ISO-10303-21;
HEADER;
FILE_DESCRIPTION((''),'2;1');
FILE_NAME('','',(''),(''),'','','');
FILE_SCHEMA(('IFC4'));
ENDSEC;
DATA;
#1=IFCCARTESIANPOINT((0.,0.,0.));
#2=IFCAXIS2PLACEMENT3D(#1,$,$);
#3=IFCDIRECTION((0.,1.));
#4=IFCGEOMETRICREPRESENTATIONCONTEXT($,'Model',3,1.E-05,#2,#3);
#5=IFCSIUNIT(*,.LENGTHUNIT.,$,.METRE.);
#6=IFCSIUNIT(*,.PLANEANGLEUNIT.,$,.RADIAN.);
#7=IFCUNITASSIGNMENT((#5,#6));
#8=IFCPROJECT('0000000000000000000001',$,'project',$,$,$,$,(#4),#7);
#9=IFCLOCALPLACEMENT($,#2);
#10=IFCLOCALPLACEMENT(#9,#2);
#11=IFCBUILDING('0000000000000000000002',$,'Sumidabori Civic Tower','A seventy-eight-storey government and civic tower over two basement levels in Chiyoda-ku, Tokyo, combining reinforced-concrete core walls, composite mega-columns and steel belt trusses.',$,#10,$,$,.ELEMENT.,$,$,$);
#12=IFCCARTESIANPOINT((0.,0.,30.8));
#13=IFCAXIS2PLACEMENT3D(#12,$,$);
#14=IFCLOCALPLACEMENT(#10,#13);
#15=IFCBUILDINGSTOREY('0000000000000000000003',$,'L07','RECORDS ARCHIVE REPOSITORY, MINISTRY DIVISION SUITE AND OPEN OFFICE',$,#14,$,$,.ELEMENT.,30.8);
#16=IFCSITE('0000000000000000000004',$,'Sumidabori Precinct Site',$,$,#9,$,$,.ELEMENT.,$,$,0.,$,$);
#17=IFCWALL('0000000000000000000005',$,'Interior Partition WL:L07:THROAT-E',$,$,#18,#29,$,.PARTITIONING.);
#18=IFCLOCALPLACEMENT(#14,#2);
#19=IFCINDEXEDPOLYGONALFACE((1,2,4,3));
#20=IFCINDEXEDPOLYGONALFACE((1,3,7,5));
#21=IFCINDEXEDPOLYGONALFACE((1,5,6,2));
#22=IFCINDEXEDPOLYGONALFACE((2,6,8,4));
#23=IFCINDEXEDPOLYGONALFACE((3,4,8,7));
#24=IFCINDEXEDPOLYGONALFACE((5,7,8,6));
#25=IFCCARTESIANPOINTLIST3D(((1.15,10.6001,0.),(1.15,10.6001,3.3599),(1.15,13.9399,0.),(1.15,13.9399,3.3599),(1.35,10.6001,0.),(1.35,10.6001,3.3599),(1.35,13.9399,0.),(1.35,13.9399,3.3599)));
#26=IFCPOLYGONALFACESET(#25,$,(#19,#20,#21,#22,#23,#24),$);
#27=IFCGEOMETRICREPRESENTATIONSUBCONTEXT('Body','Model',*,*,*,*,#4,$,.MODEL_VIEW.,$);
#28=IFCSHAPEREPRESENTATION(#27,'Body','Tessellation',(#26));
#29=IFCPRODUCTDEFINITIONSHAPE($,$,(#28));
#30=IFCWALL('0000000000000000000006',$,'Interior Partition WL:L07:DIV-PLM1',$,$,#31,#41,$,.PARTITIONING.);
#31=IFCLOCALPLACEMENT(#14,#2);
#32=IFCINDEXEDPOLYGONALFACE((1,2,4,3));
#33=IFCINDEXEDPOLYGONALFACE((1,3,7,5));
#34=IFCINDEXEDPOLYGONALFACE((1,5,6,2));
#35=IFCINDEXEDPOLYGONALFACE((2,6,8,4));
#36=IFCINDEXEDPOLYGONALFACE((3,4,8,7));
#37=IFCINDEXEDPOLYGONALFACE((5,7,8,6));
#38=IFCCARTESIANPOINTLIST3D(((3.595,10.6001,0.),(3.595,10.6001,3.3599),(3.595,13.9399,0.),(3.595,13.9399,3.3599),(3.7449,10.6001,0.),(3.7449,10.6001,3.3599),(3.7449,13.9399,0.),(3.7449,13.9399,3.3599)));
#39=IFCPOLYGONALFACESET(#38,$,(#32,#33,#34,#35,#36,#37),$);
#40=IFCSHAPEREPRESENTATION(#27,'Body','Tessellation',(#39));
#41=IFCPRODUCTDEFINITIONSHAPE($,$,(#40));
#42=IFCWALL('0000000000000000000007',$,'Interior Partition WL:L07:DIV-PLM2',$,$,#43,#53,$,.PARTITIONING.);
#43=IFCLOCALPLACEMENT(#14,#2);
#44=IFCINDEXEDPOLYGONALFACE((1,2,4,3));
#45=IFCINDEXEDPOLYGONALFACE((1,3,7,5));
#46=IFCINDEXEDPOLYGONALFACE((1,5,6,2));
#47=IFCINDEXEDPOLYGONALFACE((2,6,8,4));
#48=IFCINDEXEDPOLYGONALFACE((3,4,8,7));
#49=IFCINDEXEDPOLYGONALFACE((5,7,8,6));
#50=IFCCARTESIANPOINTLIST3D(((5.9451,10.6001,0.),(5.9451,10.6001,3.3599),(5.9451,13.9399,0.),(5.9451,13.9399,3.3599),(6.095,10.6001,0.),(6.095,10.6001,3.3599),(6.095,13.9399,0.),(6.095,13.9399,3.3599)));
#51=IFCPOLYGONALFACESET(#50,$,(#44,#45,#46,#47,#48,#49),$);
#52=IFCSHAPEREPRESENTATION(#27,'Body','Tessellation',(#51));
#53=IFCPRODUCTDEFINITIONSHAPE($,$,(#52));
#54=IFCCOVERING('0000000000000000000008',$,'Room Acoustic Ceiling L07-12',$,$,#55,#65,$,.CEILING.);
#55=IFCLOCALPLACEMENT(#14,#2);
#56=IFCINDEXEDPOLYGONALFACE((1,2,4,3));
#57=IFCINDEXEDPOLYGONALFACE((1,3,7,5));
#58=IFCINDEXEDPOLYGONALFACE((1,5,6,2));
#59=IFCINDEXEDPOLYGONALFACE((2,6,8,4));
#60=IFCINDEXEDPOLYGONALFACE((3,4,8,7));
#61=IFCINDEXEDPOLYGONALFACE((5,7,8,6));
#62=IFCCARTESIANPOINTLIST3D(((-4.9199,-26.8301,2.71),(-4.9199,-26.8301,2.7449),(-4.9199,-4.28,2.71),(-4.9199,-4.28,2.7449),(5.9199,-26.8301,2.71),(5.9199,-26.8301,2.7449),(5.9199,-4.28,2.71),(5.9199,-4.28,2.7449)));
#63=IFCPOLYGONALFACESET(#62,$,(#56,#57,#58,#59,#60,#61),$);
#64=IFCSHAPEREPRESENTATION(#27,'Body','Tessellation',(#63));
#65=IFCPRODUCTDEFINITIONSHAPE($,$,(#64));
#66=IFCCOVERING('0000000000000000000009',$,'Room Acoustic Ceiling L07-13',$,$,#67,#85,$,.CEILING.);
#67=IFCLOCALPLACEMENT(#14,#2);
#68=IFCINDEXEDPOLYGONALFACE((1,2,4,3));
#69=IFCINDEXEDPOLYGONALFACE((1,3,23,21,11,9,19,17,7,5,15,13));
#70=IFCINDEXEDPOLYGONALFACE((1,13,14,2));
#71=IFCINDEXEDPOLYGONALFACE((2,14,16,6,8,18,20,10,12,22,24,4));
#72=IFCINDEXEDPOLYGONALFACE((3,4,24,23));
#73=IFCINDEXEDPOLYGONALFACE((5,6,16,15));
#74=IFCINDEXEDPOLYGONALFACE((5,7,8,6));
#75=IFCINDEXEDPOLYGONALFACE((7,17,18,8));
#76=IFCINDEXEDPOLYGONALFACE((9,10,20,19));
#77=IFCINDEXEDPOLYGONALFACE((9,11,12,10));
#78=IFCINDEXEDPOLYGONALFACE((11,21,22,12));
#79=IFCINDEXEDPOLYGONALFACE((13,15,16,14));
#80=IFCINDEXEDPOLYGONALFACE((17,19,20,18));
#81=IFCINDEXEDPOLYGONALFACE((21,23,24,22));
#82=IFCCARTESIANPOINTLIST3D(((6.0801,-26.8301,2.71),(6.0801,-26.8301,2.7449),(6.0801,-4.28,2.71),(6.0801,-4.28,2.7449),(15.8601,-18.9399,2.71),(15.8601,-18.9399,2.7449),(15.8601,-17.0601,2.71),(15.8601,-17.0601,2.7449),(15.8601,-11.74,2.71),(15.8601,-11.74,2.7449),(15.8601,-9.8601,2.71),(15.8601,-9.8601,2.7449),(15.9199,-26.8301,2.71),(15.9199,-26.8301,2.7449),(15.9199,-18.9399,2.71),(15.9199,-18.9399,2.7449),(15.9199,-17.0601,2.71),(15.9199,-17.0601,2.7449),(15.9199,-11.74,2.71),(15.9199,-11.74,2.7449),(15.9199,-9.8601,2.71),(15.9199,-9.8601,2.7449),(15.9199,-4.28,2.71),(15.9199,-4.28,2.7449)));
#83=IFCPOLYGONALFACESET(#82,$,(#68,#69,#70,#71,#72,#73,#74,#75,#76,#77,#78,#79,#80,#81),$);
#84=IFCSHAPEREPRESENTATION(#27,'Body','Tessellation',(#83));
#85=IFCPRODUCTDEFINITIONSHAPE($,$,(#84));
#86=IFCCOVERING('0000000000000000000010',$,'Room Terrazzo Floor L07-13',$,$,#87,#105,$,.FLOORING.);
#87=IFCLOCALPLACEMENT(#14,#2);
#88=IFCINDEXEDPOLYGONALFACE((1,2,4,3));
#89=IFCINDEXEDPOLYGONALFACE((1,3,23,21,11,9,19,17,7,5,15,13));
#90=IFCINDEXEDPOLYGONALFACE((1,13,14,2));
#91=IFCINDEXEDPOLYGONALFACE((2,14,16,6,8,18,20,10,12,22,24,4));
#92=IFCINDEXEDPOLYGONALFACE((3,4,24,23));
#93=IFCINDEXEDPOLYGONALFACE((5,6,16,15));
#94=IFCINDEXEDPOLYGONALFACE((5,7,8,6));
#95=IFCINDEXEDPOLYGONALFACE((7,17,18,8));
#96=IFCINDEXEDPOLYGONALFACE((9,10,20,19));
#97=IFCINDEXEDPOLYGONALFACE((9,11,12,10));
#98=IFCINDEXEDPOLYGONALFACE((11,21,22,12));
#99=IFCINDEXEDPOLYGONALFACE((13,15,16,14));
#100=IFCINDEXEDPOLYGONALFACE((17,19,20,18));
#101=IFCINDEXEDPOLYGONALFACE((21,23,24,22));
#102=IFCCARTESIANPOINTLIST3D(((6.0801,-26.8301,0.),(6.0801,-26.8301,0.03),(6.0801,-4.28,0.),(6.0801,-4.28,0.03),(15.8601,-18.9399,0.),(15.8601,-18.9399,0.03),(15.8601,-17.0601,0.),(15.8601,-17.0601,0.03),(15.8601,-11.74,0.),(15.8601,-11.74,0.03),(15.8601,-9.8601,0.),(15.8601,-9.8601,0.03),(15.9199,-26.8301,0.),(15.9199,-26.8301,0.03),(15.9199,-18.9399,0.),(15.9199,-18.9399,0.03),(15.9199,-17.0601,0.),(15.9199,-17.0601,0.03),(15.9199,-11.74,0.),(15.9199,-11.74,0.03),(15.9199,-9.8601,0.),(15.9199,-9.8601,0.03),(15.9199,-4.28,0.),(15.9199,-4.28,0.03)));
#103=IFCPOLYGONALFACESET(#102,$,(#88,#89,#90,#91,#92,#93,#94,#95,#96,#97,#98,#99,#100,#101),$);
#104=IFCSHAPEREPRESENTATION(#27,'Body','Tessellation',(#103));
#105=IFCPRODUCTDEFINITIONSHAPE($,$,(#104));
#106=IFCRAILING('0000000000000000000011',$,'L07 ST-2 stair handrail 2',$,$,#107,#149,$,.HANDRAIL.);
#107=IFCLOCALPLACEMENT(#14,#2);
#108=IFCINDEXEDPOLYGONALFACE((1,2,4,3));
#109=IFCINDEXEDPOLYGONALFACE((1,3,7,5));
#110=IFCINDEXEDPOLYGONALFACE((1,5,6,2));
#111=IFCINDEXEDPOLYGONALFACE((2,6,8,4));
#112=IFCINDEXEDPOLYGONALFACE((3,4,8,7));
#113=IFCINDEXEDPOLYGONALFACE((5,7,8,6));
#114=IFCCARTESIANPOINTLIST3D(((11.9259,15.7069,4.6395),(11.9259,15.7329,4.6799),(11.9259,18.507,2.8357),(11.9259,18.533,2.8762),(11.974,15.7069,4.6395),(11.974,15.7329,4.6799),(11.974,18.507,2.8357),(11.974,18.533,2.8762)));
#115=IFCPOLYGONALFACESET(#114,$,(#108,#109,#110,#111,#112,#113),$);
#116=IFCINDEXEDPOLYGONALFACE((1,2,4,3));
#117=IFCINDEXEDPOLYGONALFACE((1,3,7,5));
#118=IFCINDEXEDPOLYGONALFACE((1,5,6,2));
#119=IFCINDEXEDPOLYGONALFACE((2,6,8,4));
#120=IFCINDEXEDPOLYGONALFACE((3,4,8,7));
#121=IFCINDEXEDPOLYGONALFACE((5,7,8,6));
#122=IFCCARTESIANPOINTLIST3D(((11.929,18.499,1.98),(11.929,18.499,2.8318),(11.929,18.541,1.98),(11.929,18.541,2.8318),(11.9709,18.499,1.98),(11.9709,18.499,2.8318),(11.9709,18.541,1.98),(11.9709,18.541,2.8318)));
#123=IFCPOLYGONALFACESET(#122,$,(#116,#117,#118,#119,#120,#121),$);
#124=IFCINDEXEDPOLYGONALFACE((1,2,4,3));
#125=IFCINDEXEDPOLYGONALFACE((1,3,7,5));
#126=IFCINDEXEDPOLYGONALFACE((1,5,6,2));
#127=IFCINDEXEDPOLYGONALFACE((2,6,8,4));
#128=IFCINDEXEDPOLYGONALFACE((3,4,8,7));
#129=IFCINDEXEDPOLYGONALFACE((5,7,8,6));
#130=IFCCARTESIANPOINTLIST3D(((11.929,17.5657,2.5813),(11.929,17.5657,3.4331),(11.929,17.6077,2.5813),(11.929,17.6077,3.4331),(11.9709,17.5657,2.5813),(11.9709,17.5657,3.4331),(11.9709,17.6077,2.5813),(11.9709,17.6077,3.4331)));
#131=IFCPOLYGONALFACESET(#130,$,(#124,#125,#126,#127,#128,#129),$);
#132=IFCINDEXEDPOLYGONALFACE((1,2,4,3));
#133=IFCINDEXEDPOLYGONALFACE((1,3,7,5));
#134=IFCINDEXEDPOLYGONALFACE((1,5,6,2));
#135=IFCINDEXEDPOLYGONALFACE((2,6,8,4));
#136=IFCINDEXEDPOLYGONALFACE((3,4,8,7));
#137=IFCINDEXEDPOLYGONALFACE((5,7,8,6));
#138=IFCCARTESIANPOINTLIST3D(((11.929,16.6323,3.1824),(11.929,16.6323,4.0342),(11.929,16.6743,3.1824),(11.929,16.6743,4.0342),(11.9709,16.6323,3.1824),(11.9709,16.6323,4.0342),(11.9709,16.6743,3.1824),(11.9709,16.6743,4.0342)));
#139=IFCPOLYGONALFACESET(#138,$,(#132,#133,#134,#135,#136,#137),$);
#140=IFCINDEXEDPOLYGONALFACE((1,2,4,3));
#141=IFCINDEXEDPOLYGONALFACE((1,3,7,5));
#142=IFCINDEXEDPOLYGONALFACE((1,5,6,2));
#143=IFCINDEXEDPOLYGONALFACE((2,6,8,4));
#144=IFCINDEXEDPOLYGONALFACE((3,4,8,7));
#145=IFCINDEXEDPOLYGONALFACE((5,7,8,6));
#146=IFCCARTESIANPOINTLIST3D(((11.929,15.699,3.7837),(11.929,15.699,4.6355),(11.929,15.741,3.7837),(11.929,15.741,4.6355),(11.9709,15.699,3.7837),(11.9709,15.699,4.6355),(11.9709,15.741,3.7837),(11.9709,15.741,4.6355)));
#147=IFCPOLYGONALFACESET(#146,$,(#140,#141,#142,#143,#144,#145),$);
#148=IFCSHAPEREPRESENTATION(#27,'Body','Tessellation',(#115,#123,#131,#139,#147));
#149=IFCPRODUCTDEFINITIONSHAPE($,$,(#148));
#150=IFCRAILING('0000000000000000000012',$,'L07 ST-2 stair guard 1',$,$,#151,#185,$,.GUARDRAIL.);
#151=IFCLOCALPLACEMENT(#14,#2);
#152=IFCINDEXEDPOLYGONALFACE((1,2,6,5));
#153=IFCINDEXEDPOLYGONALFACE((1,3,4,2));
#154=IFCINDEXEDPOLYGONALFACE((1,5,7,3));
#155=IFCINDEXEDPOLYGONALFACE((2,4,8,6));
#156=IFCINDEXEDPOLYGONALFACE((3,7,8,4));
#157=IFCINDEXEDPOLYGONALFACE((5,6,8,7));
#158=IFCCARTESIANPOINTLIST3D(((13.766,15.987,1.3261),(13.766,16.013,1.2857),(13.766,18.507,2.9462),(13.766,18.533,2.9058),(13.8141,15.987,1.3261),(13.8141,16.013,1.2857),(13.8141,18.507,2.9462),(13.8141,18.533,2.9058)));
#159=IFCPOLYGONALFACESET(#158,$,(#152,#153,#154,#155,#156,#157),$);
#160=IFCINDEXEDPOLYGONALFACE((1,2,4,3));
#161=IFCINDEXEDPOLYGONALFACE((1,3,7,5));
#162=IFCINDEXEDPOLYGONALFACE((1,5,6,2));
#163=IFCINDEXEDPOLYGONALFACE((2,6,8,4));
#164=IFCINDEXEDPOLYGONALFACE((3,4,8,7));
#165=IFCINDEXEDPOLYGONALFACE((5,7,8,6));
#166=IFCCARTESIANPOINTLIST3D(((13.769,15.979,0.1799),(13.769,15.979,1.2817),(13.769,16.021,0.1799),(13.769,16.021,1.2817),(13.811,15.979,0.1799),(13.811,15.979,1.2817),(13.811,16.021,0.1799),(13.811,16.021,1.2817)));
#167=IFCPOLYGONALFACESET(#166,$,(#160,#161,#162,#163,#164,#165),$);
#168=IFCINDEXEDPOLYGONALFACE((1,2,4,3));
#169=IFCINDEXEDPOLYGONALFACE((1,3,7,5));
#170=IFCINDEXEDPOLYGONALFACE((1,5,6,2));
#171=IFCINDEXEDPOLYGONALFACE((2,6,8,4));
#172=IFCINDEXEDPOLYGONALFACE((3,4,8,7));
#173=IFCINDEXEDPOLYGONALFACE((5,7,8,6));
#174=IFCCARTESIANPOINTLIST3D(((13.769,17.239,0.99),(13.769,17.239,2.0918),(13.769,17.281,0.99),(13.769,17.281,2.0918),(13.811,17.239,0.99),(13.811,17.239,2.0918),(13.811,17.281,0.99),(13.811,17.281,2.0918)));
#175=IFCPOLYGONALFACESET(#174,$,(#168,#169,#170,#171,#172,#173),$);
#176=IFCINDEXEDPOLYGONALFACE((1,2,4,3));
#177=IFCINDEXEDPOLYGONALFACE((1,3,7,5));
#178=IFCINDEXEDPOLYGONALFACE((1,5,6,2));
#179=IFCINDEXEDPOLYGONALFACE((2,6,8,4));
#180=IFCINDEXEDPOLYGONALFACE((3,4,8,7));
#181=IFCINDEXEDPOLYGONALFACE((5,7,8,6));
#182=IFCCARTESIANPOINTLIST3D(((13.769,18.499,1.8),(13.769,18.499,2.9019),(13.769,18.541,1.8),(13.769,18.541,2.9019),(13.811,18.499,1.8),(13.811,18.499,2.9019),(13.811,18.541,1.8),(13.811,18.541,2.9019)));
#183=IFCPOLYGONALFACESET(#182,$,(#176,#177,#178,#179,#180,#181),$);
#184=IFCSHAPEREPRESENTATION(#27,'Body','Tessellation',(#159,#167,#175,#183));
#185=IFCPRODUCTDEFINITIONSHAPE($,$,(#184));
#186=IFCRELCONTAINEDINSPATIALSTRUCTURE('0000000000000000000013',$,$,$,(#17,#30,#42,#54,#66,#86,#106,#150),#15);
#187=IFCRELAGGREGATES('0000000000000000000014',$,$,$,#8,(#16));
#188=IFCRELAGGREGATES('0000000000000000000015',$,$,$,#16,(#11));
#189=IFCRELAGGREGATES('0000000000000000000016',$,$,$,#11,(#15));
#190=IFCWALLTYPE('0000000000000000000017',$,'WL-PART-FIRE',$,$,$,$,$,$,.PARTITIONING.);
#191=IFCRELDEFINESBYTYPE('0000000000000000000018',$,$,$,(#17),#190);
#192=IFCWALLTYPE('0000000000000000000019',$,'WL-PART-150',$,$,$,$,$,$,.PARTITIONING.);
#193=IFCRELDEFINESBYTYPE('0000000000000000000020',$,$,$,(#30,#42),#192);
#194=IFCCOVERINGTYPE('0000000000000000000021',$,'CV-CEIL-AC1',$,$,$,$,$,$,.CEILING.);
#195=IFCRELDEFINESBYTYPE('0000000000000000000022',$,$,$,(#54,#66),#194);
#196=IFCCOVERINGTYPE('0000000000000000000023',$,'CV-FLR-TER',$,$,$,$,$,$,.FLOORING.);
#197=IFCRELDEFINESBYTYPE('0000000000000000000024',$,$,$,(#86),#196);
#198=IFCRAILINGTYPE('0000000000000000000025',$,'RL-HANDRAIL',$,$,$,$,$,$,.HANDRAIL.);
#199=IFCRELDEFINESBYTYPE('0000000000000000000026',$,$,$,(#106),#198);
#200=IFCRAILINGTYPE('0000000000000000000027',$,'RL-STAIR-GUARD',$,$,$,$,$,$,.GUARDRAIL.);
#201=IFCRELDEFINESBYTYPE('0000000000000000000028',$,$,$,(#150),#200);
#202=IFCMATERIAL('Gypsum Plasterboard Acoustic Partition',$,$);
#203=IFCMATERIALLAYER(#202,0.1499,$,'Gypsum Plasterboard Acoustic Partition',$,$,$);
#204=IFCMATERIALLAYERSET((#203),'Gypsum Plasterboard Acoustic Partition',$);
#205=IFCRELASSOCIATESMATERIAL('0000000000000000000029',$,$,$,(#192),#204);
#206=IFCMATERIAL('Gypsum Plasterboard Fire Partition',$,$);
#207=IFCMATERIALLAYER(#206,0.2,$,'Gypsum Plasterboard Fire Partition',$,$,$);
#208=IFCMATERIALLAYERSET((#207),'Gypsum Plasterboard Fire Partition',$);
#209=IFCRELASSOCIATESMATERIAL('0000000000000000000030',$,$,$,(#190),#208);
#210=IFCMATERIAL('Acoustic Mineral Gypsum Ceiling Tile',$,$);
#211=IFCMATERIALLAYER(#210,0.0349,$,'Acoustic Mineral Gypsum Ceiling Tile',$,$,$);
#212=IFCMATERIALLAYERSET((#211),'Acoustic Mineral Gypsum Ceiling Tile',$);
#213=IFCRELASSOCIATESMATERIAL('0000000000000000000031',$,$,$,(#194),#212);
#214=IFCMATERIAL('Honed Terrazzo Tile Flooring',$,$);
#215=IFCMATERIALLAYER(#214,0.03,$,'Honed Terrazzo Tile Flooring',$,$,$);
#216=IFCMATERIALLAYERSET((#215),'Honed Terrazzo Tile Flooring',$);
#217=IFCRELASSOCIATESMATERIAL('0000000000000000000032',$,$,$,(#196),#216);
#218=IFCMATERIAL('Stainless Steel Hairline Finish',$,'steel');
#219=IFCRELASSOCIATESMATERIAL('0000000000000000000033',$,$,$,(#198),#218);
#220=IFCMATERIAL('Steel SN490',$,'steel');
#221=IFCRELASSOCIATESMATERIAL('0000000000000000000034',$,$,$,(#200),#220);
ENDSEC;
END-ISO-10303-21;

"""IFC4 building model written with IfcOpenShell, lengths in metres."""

from ifc_helpers import new_model, si_unit, direction, frame, frame_2d, origin, origin_2d, place, context, subcontext, project, spatial, polyline, rectangle, outline, extrude, source, transform, mapped, material, layer, layer_set, type_object, element, save


model = new_model("IFC4")

# Units and contexts
model_context = context("Model", 3, precision=1e-05, world=origin(), true_north=direction((0.0, 1.0)))
body_context = subcontext(model_context, "Body", "Model", "MODEL_VIEW")
ifc_project = project(units=[si_unit("LENGTHUNIT", "METRE"), si_unit("PLANEANGLEUNIT", "RADIAN")], contexts=[model_context])

# Site, building, storey
site_placement = place(None, origin())
site = spatial("IfcSite", under=ifc_project, at=site_placement, Name="Sumidabori Precinct Site", CompositionType="ELEMENT", RefElevation=0.0)
building_placement = place(site_placement, origin())
building = spatial("IfcBuilding", under=site, at=building_placement, Name="Sumidabori Civic Tower", Description="A seventy-eight-storey government and civic tower over two basement levels in Chiyoda-ku, Tokyo, combining reinforced-concrete core walls, composite mega-columns and steel belt trusses.", CompositionType="ELEMENT")
storey_placement = place(building_placement, frame((0.0, 0.0, 30.8)))
storey = spatial("IfcBuildingStorey", under=building, at=storey_placement, Name="L07", Description="RECORDS ARCHIVE REPOSITORY, MINISTRY DIVISION SUITE AND OPEN OFFICE", CompositionType="ELEMENT", Elevation=30.8)

# Shared definitions
ifc_material_1 = material(Name="Steel SN490", Category="steel")

# Shared definitions
ifc_material_2 = material(Name="Stainless Steel Hairline Finish", Category="steel")

# Walls
ifc_material_3 = material(Name="Gypsum Plasterboard Acoustic Partition")
ifc_layer_1 = layer(ifc_material_3, 0.1499, Name="Gypsum Plasterboard Acoustic Partition")
ifc_layer_set_1 = layer_set([ifc_layer_1], Name="Gypsum Plasterboard Acoustic Partition")
wall_type_1 = type_object("IfcWallType", Name="WL-PART-150", PredefinedType="PARTITIONING", material=ifc_layer_set_1)
ifc_material_4 = material(Name="Gypsum Plasterboard Fire Partition")
ifc_layer_2 = layer(ifc_material_4, 0.2, Name="Gypsum Plasterboard Fire Partition")
ifc_layer_set_2 = layer_set([ifc_layer_2], Name="Gypsum Plasterboard Fire Partition")
wall_type_2 = type_object("IfcWallType", Name="WL-PART-FIRE", PredefinedType="PARTITIONING", material=ifc_layer_set_2)
shared_shape_1 = source(origin(), body_context, "Body", "SweptSolid", [
    extrude(rectangle(XDim=3.3398, YDim=0.2, at=frame_2d((1.6699, 0.0))), origin(), (0.0, 0.0, 1.0), 3.3599),
])
wall_1_placement = place(storey_placement, frame((1.25, 10.6001, 0.0), z_axis=(0.0, 0.0, 1.0), x_axis=(0.0, 1.0, 0.0)))
element("IfcWall", 1, at=wall_1_placement, inside=storey, type_object=wall_type_2, Name="Interior Partition WL:L07:THROAT-E", PredefinedType="PARTITIONING", context=body_context, shape_type="MappedRepresentation", body=[
    mapped(shared_shape_1, transform((0.0, 0.0, 0.0), x_axis=(1.0, 0.0, 0.0), y_axis=(0.0, 1.0, 0.0), z_axis=(0.0, 0.0, 1.0), scale=1.0)),
])
shared_shape_2 = source(origin(), body_context, "Body", "SweptSolid", [
    extrude(rectangle(XDim=3.3398, YDim=0.1499, at=frame_2d((1.6699, 0.0))), origin(), (0.0, 0.0, 1.0), 3.3599),
])
for number, where, z_axis, x_axis, name in (
    (2, (3.6699, 10.6001, 0.0), (0.0, 0.0, 1.0), (0.0, 1.0, 0.0), "Interior Partition WL:L07:DIV-PLM1"),
    (3, (6.02, 10.6001, 0.0), (0.0, 0.0, 1.0), (0.0, 1.0, 0.0), "Interior Partition WL:L07:DIV-PLM2"),
):
    element("IfcWall", number, at=place(storey_placement, frame(where, z_axis=z_axis, x_axis=x_axis)), inside=storey, type_object=wall_type_1, Name=name, PredefinedType="PARTITIONING", context=body_context, shape_type="MappedRepresentation", body=[
        mapped(shared_shape_2, transform((0.0, 0.0, 0.0), x_axis=(1.0, 0.0, 0.0), y_axis=(0.0, 1.0, 0.0), z_axis=(0.0, 0.0, 1.0), scale=1.0)),
    ])

# Coverings
ifc_material_5 = material(Name="Acoustic Mineral Gypsum Ceiling Tile")
ifc_layer_3 = layer(ifc_material_5, 0.0349, Name="Acoustic Mineral Gypsum Ceiling Tile")
ifc_layer_set_3 = layer_set([ifc_layer_3], Name="Acoustic Mineral Gypsum Ceiling Tile")
covering_type_1 = type_object("IfcCoveringType", Name="CV-CEIL-AC1", PredefinedType="CEILING", material=ifc_layer_set_3)
covering_1_placement = place(storey_placement, frame((0.0, 0.0, 2.71)))
element("IfcCovering", 4, at=covering_1_placement, inside=storey, type_object=covering_type_1, Name="Room Acoustic Ceiling L07-12", PredefinedType="CEILING", context=body_context, shape_type="SweptSolid", body=[
    extrude(outline(polyline([(5.9199, -26.8301), (-4.9199, -26.8301), (-4.9199, -4.28), (5.9199, -4.28), (5.9199, -26.8301)])), origin(), (0.0, 0.0, 1.0), 0.0349),
])
covering_2_placement = place(storey_placement, frame((0.0, 0.0, 2.71)))
element("IfcCovering", 5, at=covering_2_placement, inside=storey, type_object=covering_type_1, Name="Room Acoustic Ceiling L07-13", PredefinedType="CEILING", context=body_context, shape_type="SweptSolid", body=[
    extrude(outline(polyline([(15.9199, -18.9399), (15.9199, -26.8301), (6.0801, -26.8301), (6.0801, -4.28), (15.9199, -4.28), (15.9199, -9.8601), (15.8601, -9.8601), (15.8601, -11.74), (15.9199, -11.74), (15.9199, -17.0601), (15.8601, -17.0601), (15.8601, -18.9399), (15.9199, -18.9399)])), origin(), (0.0, 0.0, 1.0), 0.0349),
])
ifc_material_6 = material(Name="Honed Terrazzo Tile Flooring")
ifc_layer_4 = layer(ifc_material_6, 0.03, Name="Honed Terrazzo Tile Flooring")
ifc_layer_set_4 = layer_set([ifc_layer_4], Name="Honed Terrazzo Tile Flooring")
covering_type_2 = type_object("IfcCoveringType", Name="CV-FLR-TER", PredefinedType="FLOORING", material=ifc_layer_set_4)
covering_3_placement = place(storey_placement, origin())
element("IfcCovering", 6, at=covering_3_placement, inside=storey, type_object=covering_type_2, Name="Room Terrazzo Floor L07-13", PredefinedType="FLOORING", context=body_context, shape_type="SweptSolid", body=[
    extrude(outline(polyline([(15.9199, -18.9399), (15.9199, -26.8301), (6.0801, -26.8301), (6.0801, -4.28), (15.9199, -4.28), (15.9199, -9.8601), (15.8601, -9.8601), (15.8601, -11.74), (15.9199, -11.74), (15.9199, -17.0601), (15.8601, -17.0601), (15.8601, -18.9399), (15.9199, -18.9399)])), origin(), (0.0, 0.0, 1.0), 0.03),
])

# Railings
railing_type_1 = type_object("IfcRailingType", Name="RL-HANDRAIL", PredefinedType="HANDRAIL", material=ifc_material_2)
railing_1_placement = place(storey_placement, frame((11.95, 18.52, 1.98)))
element("IfcRailing", 7, at=railing_1_placement, inside=storey, type_object=railing_type_1, Name="L07 ST-2 stair handrail 2", PredefinedType="HANDRAIL", context=body_context, shape_type="SweptSolid", body=[
    extrude(rectangle(XDim=0.0481, YDim=0.0481, at=origin_2d()), frame((0.0, 0.0, 0.876), z_axis=(0.0, -0.840676, 0.541539), x_axis=(1.0, 0.0, 0.0)), (0.0, 0.0, 1.0), 3.3308),
    extrude(rectangle(XDim=0.042, YDim=0.042, at=origin_2d()), origin(), (0.0, 0.0, 1.0), 0.8518),
    extrude(rectangle(XDim=0.042, YDim=0.042, at=origin_2d()), frame((0.0, -0.9333, 0.6013)), (0.0, 0.0, 1.0), 0.8518),
    extrude(rectangle(XDim=0.042, YDim=0.042, at=origin_2d()), frame((0.0, -1.8667, 1.2024)), (0.0, 0.0, 1.0), 0.8518),
    extrude(rectangle(XDim=0.042, YDim=0.042, at=origin_2d()), frame((0.0, -2.8, 1.8037)), (0.0, 0.0, 1.0), 0.8518),
])
railing_type_2 = type_object("IfcRailingType", Name="RL-STAIR-GUARD", PredefinedType="GUARDRAIL", material=ifc_material_1)
railing_2_placement = place(storey_placement, frame((13.79, 16.0, 0.1799)))
element("IfcRailing", 8, at=railing_2_placement, inside=storey, type_object=railing_type_2, Name="L07 ST-2 stair guard 1", PredefinedType="GUARDRAIL", context=body_context, shape_type="SweptSolid", body=[
    extrude(rectangle(XDim=0.0481, YDim=0.0481, at=origin_2d()), frame((0.0, 0.0, 1.126), z_axis=(0.0, 0.841163, 0.540782), x_axis=(-1.0, 0.0, 0.0)), (0.0, 0.0, 1.0), 2.9958),
    extrude(rectangle(XDim=0.042, YDim=0.042, at=origin_2d()), origin(), (0.0, 0.0, 1.0), 1.1018),
    extrude(rectangle(XDim=0.042, YDim=0.042, at=origin_2d()), frame((0.0, 1.26, 0.8101)), (0.0, 0.0, 1.0), 1.1018),
    extrude(rectangle(XDim=0.042, YDim=0.042, at=origin_2d()), frame((0.0, 2.52, 1.6201)), (0.0, 0.0, 1.0), 1.1018),
])

save(model, "model.ifc")
